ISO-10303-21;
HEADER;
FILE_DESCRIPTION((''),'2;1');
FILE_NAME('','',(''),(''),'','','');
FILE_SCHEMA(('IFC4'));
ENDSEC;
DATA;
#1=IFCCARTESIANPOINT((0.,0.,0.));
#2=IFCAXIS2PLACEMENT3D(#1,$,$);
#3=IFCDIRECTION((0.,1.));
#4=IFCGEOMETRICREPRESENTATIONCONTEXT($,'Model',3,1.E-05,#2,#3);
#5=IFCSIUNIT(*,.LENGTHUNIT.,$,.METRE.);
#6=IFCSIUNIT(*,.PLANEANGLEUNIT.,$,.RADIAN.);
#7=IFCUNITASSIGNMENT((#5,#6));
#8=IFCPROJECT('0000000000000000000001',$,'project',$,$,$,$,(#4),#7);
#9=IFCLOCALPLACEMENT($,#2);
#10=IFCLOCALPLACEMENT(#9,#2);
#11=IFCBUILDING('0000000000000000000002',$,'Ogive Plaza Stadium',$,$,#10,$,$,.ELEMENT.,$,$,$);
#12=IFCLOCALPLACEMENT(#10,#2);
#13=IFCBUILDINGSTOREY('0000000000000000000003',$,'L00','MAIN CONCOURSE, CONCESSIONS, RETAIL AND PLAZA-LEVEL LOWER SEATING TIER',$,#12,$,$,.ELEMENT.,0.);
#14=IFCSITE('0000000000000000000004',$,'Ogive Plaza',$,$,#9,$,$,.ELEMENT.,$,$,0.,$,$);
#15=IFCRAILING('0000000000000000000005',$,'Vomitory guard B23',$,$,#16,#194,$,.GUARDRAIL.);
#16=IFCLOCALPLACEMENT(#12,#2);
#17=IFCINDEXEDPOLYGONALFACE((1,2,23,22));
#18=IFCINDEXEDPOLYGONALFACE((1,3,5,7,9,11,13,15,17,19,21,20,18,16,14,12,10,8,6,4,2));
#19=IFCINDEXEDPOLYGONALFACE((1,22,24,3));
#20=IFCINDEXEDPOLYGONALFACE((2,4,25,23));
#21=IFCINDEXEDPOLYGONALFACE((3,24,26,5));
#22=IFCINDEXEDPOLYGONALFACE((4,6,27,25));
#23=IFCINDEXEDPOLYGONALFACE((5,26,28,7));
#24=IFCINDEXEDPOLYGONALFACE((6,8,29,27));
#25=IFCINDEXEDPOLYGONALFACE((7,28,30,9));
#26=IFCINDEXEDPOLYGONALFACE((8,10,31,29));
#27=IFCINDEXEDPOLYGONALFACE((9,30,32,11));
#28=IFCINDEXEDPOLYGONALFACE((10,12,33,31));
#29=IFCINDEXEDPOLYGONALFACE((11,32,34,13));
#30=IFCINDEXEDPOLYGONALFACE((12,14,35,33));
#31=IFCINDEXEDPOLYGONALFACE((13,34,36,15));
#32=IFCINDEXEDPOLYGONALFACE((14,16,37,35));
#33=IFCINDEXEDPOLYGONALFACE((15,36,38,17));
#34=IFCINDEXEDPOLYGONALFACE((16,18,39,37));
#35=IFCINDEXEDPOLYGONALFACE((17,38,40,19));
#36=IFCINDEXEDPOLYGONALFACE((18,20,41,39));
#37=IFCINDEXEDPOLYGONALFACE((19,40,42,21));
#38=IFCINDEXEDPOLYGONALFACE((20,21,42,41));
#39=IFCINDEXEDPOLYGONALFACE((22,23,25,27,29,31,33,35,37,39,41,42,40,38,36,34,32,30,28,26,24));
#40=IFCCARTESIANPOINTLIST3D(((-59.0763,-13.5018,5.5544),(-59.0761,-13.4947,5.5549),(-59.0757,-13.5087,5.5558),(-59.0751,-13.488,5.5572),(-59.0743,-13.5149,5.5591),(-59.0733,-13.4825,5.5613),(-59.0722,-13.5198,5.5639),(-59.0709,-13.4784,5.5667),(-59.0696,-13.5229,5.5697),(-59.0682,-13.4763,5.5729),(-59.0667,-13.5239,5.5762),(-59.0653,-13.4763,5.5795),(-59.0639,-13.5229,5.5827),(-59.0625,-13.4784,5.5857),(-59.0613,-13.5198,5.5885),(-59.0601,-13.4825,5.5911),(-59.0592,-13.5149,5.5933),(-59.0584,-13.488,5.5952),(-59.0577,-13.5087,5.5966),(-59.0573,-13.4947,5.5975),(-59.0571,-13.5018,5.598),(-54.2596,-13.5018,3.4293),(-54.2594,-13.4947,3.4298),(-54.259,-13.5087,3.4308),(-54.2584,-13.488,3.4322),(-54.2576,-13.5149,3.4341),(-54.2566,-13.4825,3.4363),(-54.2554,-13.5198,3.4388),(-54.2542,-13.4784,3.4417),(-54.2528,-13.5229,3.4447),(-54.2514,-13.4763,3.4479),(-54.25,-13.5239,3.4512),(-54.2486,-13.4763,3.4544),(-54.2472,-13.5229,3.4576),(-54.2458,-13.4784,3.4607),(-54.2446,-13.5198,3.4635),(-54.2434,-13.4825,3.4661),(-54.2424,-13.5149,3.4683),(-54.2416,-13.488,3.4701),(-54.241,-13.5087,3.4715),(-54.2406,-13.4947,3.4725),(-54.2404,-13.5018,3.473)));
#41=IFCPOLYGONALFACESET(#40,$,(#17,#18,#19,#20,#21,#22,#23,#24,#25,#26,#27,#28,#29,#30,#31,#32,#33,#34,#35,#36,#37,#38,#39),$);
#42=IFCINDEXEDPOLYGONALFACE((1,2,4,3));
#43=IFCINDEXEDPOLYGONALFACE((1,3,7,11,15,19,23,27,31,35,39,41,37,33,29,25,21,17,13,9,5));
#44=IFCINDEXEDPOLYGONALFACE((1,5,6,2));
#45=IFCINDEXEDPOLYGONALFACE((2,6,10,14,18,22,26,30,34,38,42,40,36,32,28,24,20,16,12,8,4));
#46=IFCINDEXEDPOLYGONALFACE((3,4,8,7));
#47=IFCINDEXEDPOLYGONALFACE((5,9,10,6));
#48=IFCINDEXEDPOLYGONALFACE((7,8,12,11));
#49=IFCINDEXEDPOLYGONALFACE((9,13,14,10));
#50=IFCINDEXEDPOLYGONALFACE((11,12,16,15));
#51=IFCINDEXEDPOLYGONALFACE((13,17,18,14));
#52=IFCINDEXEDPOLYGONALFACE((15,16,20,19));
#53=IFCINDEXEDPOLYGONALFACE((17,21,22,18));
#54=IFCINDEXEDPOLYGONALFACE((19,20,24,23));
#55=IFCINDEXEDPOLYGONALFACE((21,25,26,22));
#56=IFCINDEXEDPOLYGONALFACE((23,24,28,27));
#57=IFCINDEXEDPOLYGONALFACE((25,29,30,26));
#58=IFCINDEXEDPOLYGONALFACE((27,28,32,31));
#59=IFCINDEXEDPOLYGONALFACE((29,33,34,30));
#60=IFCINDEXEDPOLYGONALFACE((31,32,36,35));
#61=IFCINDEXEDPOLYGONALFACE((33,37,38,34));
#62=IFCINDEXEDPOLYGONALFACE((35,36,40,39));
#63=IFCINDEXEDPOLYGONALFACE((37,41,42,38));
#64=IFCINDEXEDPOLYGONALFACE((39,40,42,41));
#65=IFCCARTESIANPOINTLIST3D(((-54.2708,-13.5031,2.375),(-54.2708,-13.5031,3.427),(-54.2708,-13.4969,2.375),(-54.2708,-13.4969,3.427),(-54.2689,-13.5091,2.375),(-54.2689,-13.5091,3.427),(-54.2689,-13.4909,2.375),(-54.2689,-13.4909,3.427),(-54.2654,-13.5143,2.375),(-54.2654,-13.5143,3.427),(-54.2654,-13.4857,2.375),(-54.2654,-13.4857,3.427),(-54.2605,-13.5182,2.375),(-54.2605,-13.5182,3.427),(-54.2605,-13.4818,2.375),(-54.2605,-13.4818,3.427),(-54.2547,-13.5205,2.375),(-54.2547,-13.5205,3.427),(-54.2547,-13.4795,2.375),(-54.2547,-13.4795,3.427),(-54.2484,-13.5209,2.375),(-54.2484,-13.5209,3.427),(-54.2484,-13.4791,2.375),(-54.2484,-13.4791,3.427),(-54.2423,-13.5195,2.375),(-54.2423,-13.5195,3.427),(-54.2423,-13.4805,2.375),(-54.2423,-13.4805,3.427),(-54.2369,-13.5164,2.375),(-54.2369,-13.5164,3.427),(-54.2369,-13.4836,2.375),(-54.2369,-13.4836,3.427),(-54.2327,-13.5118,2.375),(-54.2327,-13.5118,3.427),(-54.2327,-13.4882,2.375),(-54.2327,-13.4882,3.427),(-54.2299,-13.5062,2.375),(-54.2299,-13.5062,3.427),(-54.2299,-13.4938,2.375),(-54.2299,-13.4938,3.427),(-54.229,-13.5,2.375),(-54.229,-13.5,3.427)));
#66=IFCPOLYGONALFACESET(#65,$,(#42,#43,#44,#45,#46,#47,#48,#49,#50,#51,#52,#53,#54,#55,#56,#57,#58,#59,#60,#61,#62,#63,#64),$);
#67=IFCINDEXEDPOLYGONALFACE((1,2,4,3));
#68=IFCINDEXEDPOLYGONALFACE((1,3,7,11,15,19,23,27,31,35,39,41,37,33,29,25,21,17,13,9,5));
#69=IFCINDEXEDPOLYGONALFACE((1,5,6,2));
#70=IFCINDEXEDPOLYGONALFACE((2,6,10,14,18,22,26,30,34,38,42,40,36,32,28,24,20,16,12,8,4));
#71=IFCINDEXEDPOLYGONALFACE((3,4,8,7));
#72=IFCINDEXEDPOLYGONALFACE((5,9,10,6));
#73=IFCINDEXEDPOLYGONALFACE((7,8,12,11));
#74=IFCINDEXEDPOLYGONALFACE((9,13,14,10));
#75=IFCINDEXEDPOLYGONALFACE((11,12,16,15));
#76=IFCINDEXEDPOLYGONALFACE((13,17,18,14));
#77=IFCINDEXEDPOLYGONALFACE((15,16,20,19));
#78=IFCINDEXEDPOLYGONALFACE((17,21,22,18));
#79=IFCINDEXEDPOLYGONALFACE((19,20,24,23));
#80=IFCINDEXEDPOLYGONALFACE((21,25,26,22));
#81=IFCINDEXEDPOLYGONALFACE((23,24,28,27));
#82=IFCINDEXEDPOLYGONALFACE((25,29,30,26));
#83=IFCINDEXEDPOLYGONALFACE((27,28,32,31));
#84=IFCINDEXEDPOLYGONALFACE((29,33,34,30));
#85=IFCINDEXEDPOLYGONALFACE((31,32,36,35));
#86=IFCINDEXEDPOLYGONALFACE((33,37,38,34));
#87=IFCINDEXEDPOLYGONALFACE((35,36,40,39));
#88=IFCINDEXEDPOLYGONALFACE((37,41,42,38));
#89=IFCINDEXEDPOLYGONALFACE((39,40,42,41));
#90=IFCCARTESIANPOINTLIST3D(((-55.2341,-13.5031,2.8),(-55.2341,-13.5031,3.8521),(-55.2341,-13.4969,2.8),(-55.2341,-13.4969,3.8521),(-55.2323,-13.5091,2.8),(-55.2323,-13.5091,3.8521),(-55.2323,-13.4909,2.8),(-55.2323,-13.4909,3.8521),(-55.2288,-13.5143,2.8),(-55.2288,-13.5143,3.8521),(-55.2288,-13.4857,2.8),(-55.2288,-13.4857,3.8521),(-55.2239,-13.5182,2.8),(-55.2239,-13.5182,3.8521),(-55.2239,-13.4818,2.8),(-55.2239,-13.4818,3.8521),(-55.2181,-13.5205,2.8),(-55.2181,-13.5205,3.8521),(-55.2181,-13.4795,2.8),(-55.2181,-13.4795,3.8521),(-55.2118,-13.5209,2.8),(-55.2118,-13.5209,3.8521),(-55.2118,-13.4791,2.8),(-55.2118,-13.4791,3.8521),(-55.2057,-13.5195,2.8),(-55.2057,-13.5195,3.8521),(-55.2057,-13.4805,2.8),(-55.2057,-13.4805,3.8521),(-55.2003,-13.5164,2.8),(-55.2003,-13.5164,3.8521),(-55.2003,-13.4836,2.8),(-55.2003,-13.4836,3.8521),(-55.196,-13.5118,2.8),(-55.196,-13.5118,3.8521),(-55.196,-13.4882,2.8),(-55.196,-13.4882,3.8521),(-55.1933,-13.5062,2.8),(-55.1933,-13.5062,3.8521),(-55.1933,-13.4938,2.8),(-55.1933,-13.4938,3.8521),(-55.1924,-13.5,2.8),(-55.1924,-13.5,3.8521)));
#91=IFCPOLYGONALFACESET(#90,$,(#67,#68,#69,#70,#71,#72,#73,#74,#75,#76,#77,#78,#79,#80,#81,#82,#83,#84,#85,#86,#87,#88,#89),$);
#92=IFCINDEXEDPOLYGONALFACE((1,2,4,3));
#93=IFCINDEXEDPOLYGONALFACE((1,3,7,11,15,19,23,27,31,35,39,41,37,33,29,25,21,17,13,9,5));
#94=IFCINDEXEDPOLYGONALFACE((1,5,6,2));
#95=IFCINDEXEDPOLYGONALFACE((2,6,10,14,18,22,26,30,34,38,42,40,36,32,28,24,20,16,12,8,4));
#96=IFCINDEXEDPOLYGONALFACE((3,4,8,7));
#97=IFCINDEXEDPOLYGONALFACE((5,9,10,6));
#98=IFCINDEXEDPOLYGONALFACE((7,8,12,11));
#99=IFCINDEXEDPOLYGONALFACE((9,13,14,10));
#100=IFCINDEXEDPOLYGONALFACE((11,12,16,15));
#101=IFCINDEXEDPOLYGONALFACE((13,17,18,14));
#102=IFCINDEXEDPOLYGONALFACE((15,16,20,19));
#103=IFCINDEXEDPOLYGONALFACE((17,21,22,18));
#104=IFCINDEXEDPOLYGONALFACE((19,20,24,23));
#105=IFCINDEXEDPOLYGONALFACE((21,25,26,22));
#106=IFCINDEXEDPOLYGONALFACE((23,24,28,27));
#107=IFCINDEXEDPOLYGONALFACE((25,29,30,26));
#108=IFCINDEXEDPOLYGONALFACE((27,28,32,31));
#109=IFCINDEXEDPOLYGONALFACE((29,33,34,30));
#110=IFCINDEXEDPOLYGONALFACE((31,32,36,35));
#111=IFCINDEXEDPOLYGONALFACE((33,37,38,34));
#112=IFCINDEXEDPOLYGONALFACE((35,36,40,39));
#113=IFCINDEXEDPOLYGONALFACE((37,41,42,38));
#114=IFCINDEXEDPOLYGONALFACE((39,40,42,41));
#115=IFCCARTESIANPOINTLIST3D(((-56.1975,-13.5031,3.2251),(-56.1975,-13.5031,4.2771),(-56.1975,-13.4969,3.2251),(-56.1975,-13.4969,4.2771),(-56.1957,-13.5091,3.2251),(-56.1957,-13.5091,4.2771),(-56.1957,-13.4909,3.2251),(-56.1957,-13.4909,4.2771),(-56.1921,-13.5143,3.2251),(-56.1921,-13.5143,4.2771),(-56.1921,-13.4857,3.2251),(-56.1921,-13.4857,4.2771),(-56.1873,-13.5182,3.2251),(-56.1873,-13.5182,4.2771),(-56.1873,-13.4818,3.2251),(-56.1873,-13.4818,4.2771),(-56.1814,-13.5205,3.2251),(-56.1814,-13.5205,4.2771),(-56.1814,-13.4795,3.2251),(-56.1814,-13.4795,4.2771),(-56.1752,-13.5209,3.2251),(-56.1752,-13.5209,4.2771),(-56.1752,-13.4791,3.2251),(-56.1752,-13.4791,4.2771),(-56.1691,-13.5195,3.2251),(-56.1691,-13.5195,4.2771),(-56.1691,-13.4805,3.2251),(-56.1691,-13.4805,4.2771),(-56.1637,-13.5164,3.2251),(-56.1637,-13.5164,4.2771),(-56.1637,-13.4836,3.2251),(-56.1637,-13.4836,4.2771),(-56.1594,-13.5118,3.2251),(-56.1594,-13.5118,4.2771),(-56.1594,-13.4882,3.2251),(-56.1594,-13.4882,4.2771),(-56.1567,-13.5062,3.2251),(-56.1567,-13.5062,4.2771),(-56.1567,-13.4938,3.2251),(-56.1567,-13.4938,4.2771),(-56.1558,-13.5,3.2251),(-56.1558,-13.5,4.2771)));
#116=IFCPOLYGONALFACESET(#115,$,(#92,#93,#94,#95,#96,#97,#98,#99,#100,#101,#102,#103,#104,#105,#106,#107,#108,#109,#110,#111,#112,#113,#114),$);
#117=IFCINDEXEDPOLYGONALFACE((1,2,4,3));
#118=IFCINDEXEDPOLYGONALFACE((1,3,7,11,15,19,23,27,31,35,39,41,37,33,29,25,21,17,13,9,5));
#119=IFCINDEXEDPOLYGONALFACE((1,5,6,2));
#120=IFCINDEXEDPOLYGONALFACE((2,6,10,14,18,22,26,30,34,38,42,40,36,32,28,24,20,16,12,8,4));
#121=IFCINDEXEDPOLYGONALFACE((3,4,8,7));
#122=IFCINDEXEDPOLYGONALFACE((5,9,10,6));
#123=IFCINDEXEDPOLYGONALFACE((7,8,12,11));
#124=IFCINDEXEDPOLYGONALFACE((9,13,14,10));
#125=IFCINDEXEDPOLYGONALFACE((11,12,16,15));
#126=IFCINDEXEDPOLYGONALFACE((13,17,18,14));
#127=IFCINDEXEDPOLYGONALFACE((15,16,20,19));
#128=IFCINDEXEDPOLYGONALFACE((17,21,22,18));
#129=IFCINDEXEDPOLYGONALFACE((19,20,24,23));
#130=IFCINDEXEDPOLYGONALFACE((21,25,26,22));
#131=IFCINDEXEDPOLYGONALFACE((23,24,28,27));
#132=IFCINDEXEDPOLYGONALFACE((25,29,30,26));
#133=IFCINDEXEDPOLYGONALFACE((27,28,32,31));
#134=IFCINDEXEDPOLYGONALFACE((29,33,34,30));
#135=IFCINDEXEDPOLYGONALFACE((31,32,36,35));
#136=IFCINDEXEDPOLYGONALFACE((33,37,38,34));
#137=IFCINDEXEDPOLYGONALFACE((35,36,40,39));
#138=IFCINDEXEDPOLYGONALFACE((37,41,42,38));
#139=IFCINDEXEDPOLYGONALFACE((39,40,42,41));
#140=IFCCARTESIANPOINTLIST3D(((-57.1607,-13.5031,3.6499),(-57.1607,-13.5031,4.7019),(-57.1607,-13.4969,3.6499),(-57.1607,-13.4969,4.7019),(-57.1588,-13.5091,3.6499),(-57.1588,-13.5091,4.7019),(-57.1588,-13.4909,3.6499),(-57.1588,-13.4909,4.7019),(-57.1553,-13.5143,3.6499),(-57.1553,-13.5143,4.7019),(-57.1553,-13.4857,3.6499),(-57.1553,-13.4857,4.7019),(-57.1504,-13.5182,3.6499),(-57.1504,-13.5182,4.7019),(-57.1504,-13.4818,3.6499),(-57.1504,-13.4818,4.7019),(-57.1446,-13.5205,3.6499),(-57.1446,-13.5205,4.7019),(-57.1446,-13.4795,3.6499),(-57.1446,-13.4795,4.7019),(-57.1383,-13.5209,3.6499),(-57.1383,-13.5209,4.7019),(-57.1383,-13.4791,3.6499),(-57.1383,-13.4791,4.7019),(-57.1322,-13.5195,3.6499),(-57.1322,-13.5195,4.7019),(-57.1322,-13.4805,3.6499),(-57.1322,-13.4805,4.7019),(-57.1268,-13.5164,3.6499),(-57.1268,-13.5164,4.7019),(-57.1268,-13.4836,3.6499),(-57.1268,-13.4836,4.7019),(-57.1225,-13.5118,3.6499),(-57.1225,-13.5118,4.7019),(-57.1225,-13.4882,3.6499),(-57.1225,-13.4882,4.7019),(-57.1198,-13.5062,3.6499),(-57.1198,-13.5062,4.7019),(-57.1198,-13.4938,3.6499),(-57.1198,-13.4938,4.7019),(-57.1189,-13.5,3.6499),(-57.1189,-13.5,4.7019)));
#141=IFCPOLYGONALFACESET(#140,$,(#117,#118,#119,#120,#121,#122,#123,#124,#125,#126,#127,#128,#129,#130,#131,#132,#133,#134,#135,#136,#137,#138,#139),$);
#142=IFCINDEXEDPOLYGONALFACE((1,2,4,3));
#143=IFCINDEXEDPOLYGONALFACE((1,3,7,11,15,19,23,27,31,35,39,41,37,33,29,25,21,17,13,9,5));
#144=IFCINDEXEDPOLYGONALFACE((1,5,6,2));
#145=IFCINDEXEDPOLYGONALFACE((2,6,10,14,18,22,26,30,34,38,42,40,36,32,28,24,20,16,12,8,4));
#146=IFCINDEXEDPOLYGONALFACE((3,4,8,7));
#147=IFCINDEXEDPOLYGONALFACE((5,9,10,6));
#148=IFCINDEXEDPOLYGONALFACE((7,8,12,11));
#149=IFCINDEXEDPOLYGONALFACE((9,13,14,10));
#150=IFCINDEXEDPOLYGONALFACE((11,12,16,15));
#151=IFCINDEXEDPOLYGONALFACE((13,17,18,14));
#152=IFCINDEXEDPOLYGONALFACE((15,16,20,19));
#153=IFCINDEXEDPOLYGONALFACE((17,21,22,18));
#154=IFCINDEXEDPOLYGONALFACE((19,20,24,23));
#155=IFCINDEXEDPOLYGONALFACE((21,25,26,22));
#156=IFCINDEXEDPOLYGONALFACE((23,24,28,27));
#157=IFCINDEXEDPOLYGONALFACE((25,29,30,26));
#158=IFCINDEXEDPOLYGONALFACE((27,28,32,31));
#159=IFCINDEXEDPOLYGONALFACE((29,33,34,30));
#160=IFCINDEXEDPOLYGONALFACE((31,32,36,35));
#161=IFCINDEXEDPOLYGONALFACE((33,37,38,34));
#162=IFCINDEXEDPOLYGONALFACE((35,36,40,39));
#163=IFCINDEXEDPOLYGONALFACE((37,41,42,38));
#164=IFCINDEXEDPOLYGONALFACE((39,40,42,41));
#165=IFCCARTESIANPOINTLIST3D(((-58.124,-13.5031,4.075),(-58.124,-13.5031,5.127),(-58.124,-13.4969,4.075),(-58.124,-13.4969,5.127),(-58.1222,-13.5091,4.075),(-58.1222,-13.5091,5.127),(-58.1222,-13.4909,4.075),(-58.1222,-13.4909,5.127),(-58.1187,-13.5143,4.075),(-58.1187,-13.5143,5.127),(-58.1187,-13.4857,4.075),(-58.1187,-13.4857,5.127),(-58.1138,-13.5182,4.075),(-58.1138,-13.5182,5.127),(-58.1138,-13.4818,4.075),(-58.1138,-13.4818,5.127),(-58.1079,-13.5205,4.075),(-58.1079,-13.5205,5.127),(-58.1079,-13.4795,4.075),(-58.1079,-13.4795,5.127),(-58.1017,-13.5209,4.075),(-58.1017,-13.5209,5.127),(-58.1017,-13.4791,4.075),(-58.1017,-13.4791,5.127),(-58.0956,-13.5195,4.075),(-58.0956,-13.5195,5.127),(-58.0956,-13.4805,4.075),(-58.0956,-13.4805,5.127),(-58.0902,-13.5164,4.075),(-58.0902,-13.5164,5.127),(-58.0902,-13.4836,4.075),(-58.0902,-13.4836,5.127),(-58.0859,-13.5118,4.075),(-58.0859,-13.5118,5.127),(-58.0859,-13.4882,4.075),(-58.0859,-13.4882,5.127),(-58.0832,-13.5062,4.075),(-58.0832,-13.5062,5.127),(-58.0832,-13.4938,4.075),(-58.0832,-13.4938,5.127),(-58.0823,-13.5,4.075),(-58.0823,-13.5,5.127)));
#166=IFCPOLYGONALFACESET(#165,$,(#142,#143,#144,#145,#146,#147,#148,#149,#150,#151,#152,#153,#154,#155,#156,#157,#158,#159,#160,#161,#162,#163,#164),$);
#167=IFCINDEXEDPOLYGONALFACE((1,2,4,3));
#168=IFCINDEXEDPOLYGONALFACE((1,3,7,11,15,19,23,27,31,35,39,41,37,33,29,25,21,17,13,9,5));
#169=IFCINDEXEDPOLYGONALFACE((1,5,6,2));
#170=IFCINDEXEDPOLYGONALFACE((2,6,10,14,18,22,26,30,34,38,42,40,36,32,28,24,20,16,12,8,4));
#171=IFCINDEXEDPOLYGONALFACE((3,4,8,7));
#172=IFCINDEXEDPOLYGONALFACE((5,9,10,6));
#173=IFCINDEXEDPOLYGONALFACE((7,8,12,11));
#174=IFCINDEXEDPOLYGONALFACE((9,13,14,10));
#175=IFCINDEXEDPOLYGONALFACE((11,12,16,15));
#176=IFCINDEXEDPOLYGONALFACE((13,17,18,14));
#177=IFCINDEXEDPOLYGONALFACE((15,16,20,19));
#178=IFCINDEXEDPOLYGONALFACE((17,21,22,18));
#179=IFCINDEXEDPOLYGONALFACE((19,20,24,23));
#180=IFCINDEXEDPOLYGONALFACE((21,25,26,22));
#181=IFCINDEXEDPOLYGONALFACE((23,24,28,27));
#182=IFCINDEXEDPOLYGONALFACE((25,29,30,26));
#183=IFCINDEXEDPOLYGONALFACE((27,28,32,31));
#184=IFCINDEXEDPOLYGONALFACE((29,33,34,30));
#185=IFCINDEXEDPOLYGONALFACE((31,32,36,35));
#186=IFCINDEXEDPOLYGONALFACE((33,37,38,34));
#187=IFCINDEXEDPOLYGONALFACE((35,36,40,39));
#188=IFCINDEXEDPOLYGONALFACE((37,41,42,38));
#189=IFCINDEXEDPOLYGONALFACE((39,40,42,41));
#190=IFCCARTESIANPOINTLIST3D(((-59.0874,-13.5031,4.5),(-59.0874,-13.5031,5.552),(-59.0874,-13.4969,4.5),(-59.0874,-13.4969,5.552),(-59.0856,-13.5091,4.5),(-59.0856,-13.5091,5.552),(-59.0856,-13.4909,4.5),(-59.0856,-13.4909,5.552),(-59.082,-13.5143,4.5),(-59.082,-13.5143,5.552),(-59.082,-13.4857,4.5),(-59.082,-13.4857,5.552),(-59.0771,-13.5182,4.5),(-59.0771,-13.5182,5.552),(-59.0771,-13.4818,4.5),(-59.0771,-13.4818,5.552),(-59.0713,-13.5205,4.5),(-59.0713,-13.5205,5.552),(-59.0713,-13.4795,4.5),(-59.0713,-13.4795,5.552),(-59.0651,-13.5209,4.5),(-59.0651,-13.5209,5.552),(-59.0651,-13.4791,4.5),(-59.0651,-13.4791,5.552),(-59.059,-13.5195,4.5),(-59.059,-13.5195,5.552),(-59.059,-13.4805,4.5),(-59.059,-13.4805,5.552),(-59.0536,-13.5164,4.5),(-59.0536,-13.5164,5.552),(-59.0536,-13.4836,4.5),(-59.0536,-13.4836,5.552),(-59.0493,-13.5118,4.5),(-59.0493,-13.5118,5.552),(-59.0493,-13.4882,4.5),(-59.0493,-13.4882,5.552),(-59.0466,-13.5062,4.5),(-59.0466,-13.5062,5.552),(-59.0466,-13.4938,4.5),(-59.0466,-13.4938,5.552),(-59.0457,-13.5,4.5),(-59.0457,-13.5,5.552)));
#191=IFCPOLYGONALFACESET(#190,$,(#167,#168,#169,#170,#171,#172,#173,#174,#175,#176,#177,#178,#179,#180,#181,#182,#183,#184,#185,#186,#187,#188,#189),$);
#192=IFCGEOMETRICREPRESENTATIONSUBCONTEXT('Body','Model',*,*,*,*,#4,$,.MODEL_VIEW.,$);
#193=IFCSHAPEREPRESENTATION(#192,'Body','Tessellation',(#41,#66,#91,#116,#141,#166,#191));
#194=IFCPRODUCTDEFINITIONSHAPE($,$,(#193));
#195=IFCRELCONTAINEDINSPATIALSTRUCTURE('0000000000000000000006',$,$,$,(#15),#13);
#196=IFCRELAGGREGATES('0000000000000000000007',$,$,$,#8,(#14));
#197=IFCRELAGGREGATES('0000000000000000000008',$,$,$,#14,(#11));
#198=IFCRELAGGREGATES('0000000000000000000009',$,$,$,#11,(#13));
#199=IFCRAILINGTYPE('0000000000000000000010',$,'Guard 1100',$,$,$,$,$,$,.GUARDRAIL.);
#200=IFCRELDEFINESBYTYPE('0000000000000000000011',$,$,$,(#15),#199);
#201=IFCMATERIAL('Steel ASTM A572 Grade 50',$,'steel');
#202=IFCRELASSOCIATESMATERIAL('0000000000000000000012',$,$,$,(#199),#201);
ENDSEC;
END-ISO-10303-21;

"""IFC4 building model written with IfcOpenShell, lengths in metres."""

from ifc_helpers import new_model, si_unit, direction, frame, origin, origin_2d, place, context, subcontext, project, spatial, circle, extrude, material, type_object, element, save


model = new_model("IFC4")

# Units and contexts
model_context = context("Model", 3, precision=1e-05, world=origin(), true_north=direction((0.0, 1.0)))
body_context = subcontext(model_context, "Body", "Model", "MODEL_VIEW")
ifc_project = project(units=[si_unit("LENGTHUNIT", "METRE"), si_unit("PLANEANGLEUNIT", "RADIAN")], contexts=[model_context])

# Site, building, storey
site_placement = place(None, origin())
site = spatial("IfcSite", under=ifc_project, at=site_placement, Name="Ogive Plaza", CompositionType="ELEMENT", RefElevation=0.0)
building_placement = place(site_placement, origin())
building = spatial("IfcBuilding", under=site, at=building_placement, Name="Ogive Plaza Stadium", CompositionType="ELEMENT")
storey_placement = place(building_placement, origin())
storey = spatial("IfcBuildingStorey", under=building, at=storey_placement, Name="L00", Description="MAIN CONCOURSE, CONCESSIONS, RETAIL AND PLAZA-LEVEL LOWER SEATING TIER", CompositionType="ELEMENT", Elevation=0.0)

# Railing
ifc_material_1 = material(Name="Steel ASTM A572 Grade 50", Category="steel")
railing_type = type_object("IfcRailingType", Name="Guard 1100", PredefinedType="GUARDRAIL", material=ifc_material_1)
for number, where, name in (
    (1, (-54.25, -13.5, 2.375), "Vomitory guard B23"),
):
    element("IfcRailing", number, at=place(storey_placement, frame(where)), inside=storey, type_object=railing_type, Name=name, PredefinedType="GUARDRAIL", context=body_context, shape_type="SweptSolid", body=[
        extrude(circle(Radius=0.0239, at=origin_2d()), frame((0.0, 0.0, 1.0762), z_axis=(-0.914917, 0.0, 0.403641), x_axis=(0.0, -1.0, 0.0)), (0.0, 0.0, 1.0), 5.2646),
        extrude(circle(Radius=0.021, at=origin_2d()), origin(), (0.0, 0.0, 1.0), 1.052),
        extrude(circle(Radius=0.021, at=origin_2d()), frame((-0.9634, 0.0, 0.425)), (0.0, 0.0, 1.0), 1.052),
        extrude(circle(Radius=0.021, at=origin_2d()), frame((-1.9268, 0.0, 0.8501)), (0.0, 0.0, 1.0), 1.052),
        extrude(circle(Radius=0.021, at=origin_2d()), frame((-2.8899, 0.0, 1.2749)), (0.0, 0.0, 1.0), 1.052),
        extrude(circle(Radius=0.021, at=origin_2d()), frame((-3.8533, 0.0, 1.7)), (0.0, 0.0, 1.0), 1.052),
        extrude(circle(Radius=0.021, at=origin_2d()), frame((-4.8167, 0.0, 2.125)), (0.0, 0.0, 1.0), 1.052),
    ])

save(model, "model.ifc")
